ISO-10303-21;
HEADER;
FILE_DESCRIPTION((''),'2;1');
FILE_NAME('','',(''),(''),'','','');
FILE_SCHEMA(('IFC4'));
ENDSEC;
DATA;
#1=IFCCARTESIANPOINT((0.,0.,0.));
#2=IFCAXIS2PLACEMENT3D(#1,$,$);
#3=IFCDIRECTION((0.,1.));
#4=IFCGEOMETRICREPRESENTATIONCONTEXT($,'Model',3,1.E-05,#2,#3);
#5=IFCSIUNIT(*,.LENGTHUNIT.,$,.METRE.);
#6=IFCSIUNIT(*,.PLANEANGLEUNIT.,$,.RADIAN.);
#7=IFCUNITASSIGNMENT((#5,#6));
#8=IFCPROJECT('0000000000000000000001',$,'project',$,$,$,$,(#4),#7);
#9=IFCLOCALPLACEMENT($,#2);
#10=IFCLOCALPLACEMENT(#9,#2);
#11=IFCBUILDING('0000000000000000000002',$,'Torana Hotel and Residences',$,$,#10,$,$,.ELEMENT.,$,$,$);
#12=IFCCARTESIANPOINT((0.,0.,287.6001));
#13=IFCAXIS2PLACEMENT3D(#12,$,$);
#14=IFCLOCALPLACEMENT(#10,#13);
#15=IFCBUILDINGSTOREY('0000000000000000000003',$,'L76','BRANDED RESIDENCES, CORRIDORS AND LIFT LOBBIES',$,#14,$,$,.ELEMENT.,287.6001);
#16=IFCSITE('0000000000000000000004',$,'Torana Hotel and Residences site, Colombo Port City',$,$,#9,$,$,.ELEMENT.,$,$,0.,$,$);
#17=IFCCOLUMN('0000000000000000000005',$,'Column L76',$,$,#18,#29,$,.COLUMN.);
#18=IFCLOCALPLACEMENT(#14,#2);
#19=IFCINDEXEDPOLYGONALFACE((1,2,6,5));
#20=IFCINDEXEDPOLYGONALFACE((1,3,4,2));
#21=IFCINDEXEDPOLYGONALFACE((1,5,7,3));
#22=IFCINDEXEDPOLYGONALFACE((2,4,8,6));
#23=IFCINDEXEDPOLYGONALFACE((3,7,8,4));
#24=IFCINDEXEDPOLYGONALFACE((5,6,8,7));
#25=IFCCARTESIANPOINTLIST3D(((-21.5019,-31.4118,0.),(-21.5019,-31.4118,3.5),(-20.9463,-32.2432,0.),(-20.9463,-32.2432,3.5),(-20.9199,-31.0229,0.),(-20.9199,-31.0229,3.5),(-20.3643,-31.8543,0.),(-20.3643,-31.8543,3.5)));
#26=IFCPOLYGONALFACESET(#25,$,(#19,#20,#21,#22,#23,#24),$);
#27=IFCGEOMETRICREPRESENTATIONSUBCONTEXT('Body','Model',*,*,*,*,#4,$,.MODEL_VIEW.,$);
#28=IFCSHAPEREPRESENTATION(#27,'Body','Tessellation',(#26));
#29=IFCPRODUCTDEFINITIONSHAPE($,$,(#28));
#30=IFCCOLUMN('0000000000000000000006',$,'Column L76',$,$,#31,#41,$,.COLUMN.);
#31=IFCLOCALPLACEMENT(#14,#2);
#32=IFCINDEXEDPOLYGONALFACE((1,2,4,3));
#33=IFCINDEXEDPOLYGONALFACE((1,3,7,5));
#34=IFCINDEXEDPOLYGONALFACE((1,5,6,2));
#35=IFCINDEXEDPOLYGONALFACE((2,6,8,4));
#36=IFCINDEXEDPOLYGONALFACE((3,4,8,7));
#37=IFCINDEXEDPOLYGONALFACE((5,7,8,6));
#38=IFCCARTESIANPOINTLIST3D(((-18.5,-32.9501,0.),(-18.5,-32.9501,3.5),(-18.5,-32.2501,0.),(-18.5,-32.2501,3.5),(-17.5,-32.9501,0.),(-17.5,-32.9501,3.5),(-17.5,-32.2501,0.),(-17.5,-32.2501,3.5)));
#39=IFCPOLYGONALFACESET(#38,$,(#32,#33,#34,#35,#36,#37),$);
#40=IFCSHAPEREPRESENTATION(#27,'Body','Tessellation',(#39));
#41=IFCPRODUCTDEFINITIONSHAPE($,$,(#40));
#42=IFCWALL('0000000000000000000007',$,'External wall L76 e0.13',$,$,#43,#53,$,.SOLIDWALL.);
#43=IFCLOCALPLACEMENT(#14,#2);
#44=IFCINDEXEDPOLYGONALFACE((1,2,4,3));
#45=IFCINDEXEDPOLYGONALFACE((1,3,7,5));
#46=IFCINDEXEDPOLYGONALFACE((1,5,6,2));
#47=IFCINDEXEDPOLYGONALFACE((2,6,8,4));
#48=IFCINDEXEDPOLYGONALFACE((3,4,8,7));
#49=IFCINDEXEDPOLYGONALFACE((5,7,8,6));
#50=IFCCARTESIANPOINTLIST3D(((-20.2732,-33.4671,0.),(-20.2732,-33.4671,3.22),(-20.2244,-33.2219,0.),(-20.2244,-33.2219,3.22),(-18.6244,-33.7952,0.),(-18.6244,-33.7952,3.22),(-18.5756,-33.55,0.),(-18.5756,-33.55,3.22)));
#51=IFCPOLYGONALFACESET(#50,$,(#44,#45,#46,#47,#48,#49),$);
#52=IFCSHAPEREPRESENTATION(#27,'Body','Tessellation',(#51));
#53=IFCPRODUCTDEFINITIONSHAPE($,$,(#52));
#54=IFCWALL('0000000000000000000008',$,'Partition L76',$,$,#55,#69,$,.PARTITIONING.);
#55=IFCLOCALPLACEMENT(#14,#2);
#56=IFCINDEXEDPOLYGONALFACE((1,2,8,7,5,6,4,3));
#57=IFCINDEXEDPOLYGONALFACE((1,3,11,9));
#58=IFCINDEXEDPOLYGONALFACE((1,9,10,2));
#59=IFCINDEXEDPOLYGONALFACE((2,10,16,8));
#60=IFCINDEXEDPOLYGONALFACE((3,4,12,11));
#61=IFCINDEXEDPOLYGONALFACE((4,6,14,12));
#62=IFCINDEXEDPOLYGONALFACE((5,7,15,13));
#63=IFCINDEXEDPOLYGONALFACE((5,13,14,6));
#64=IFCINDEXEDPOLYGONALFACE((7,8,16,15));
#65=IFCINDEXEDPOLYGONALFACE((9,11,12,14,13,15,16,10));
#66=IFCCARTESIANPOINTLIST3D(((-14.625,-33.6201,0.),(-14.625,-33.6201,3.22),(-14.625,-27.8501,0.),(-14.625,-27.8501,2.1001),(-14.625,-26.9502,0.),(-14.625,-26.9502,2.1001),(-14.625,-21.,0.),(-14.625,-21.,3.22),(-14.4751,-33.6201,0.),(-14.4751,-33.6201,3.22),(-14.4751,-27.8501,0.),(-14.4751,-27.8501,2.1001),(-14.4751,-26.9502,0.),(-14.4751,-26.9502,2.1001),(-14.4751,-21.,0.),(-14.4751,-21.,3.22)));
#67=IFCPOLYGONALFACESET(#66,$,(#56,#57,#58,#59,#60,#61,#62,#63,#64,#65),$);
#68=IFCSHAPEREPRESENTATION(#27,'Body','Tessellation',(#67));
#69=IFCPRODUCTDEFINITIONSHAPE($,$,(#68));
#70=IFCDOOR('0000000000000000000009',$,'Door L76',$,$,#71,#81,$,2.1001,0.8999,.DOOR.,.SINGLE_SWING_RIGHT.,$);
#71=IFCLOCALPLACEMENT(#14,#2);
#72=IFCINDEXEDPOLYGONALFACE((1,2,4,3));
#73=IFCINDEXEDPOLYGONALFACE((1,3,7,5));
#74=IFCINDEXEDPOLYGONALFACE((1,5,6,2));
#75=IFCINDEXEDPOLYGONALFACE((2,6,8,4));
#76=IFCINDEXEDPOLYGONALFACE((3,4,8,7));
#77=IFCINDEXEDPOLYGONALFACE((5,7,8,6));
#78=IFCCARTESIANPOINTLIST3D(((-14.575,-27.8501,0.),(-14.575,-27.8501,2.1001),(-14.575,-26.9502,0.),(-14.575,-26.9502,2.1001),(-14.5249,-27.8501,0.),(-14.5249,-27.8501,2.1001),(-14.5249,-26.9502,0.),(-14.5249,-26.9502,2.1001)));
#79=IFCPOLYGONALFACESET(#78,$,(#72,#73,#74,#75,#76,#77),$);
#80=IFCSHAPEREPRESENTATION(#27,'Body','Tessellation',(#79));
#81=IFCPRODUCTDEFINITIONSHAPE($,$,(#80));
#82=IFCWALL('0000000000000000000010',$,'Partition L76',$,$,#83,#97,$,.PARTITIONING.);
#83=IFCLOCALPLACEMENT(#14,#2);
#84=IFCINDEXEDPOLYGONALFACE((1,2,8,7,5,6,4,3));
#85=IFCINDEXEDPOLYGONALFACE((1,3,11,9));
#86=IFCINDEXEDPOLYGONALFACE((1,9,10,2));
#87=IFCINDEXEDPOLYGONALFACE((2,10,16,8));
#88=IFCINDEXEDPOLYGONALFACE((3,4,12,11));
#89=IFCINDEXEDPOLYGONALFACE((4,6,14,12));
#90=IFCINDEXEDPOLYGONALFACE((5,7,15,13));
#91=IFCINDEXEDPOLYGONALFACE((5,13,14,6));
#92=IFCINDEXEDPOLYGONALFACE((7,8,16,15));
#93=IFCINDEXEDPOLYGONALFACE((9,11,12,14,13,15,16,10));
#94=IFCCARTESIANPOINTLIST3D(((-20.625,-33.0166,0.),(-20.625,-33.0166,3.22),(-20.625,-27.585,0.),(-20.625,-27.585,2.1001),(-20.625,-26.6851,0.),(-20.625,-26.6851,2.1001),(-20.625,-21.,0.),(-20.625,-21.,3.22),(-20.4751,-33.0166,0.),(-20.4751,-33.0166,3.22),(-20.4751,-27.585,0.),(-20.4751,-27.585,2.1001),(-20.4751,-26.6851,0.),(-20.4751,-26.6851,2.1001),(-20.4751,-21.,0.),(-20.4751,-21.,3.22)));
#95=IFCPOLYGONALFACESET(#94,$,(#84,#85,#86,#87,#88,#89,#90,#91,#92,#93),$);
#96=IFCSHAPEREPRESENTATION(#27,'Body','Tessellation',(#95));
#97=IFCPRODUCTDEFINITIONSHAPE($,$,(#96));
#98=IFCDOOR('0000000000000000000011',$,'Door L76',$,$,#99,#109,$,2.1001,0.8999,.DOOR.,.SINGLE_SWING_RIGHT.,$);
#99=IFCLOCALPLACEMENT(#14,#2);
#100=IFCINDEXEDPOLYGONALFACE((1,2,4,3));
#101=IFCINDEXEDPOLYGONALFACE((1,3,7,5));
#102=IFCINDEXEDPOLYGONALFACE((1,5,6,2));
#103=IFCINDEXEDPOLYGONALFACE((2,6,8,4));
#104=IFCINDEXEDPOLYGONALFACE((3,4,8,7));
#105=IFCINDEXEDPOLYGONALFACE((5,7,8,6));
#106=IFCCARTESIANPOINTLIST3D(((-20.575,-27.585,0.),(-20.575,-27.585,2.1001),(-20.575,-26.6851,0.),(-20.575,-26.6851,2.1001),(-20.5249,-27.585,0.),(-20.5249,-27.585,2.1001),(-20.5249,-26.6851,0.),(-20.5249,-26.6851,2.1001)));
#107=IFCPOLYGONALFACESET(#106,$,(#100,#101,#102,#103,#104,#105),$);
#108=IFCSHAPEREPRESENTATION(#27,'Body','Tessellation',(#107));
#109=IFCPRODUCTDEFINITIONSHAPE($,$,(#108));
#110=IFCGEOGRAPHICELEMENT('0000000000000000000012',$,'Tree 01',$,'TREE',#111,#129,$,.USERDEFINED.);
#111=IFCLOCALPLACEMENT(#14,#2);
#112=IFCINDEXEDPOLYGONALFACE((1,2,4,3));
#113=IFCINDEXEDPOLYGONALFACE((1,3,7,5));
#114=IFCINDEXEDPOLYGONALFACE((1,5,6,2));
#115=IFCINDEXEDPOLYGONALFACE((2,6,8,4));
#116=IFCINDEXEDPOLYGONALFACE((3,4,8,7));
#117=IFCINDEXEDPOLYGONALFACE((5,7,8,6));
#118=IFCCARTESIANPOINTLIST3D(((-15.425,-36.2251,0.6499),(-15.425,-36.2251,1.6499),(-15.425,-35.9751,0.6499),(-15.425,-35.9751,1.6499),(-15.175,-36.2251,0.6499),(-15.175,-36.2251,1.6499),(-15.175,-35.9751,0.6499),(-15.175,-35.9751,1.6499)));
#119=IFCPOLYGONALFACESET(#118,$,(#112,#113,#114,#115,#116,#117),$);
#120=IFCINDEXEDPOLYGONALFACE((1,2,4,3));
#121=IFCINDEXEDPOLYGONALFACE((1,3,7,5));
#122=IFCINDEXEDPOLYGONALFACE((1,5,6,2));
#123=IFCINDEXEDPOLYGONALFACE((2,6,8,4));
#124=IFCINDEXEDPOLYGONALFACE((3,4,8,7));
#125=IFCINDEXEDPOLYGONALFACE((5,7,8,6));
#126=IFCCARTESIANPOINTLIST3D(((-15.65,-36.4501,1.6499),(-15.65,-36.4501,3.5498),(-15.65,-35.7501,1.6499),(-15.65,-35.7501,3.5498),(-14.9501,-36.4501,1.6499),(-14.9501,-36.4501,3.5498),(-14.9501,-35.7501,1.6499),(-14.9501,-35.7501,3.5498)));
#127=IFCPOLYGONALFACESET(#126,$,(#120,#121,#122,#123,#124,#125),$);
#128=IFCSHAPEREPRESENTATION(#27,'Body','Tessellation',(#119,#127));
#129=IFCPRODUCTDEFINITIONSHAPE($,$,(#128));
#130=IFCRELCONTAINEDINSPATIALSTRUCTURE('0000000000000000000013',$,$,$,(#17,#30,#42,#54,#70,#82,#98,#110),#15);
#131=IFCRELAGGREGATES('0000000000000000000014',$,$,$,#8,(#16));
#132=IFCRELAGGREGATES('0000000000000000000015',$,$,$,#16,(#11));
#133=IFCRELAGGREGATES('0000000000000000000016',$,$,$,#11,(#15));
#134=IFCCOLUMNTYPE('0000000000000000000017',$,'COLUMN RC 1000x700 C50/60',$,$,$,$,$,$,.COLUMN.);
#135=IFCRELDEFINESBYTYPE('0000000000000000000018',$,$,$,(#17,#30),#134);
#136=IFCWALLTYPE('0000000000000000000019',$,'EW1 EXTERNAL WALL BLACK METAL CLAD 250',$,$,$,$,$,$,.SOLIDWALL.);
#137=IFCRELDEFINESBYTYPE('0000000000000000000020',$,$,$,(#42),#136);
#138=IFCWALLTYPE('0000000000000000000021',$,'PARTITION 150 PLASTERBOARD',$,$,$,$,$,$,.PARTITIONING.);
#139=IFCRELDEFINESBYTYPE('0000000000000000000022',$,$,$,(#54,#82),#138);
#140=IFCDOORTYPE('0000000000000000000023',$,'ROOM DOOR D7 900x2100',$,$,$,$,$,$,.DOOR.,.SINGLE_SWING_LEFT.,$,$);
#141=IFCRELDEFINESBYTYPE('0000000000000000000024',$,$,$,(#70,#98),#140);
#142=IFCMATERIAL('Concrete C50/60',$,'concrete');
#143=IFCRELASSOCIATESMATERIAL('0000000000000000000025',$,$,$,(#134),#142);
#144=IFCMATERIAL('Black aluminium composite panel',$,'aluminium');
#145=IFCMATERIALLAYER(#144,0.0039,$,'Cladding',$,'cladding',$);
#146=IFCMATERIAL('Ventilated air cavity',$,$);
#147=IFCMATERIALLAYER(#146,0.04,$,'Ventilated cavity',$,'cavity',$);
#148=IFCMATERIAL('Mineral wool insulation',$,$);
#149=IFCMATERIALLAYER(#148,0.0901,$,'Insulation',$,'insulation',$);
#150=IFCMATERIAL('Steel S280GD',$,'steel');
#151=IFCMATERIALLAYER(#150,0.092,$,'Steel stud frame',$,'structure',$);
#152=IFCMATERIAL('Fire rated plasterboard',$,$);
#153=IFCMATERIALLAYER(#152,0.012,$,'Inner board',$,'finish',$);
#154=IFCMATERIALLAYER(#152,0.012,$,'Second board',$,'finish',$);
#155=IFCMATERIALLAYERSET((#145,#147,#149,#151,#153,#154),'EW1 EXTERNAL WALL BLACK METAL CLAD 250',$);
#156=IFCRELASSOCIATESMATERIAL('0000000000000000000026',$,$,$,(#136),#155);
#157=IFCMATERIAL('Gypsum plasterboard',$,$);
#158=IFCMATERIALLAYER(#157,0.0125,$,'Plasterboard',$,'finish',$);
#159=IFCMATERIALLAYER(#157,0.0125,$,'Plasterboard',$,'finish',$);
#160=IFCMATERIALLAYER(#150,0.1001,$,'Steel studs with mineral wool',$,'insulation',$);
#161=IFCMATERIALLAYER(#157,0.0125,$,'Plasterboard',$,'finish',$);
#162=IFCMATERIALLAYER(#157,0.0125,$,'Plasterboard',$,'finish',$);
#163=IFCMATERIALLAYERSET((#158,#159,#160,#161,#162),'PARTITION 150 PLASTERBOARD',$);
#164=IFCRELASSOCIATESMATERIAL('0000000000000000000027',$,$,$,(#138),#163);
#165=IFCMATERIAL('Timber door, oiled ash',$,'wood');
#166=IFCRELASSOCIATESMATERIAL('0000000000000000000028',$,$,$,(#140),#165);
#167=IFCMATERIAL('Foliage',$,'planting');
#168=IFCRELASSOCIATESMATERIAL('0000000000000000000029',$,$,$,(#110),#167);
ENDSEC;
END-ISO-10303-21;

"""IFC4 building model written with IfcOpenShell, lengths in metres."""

from ifc_helpers import new_model, si_unit, direction, frame, frame_2d, origin, origin_2d, place, context, subcontext, project, spatial, rectangle, extrude, material, layer, layer_set, material_profile, profile_set, type_object, element, fill, save


model = new_model("IFC4")

# Units and contexts
model_context = context("Model", 3, precision=1e-05, world=origin(), true_north=direction((0.0, 1.0)))
body_context = subcontext(model_context, "Body", "Model", "MODEL_VIEW")
ifc_project = project(units=[si_unit("LENGTHUNIT", "METRE"), si_unit("PLANEANGLEUNIT", "RADIAN")], contexts=[model_context])

# Site, building, storey
site_placement = place(None, origin())
site = spatial("IfcSite", under=ifc_project, at=site_placement, Name="Torana Hotel and Residences site, Colombo Port City", CompositionType="ELEMENT", RefElevation=0.0)
building_placement = place(site_placement, origin())
building = spatial("IfcBuilding", under=site, at=building_placement, Name="Torana Hotel and Residences", CompositionType="ELEMENT")
storey_placement = place(building_placement, frame((0.0, 0.0, 287.6001)))
storey = spatial("IfcBuildingStorey", under=building, at=storey_placement, Name="L76", Description="BRANDED RESIDENCES, CORRIDORS AND LIFT LOBBIES", CompositionType="ELEMENT", Elevation=287.6001)

# Columns
ifc_material_1 = material(Name="Concrete C50/60", Category="concrete")
ifc_material_profile = material_profile(ifc_material_1, rectangle(XDim=1.0, YDim=0.7, at=origin_2d()), Name="RC 1000x700")
ifc_profile_set = profile_set([ifc_material_profile], Name="Concrete C50/60")
column_type = type_object("IfcColumnType", Name="COLUMN RC 1000x700 C50/60", PredefinedType="COLUMN", material=ifc_profile_set)
for number, where, z_axis, x_axis, name in (
    (1, (-20.9331, -31.6331, 0.0), (0.0, 0.0, 1.0), (-0.555585, 0.83146, 0.0), "Column L76"),
    (2, (-18.0, -32.6001, 0.0), (0.0, 0.0, 1.0), (1.0, 0.0, 0.0), "Column L76"),
):
    element("IfcColumn", number, at=place(storey_placement, frame(where, z_axis=z_axis, x_axis=x_axis)), inside=storey, type_object=column_type, Name=name, PredefinedType="COLUMN", context=body_context, shape_type="SweptSolid", body=[
        extrude(rectangle(XDim=1.0, YDim=0.7, at=origin_2d()), origin(), (0.0, 0.0, 1.0), 3.5),
    ])

# Wall
ifc_material_2 = material(Name="Black aluminium composite panel", Category="aluminium")
ifc_layer_1 = layer(ifc_material_2, 0.0039, Name="Cladding", Category="cladding")
ifc_material_3 = material(Name="Ventilated air cavity")
ifc_layer_2 = layer(ifc_material_3, 0.04, Name="Ventilated cavity", Category="cavity")
ifc_material_4 = material(Name="Mineral wool insulation")
ifc_layer_3 = layer(ifc_material_4, 0.0901, Name="Insulation", Category="insulation")
ifc_material_5 = material(Name="Steel S280GD", Category="steel")
ifc_layer_4 = layer(ifc_material_5, 0.092, Name="Steel stud frame", Category="structure")
ifc_material_6 = material(Name="Fire rated plasterboard")
ifc_layer_5 = layer(ifc_material_6, 0.012, Name="Inner board", Category="finish")
ifc_layer_6 = layer(ifc_material_6, 0.012, Name="Second board", Category="finish")
ifc_layer_set_1 = layer_set([ifc_layer_1, ifc_layer_2, ifc_layer_3, ifc_layer_4, ifc_layer_5, ifc_layer_6], Name="EW1 EXTERNAL WALL BLACK METAL CLAD 250")
wall_type_1 = type_object("IfcWallType", Name="EW1 EXTERNAL WALL BLACK METAL CLAD 250", PredefinedType="SOLIDWALL", material=ifc_layer_set_1)
wall_1_placement = place(storey_placement, frame((-20.2488, -33.3445, 0.0), z_axis=(0.0, 0.0, 1.0), x_axis=(0.98077, -0.195167, 0.0)))
element("IfcWall", 3, at=wall_1_placement, inside=storey, type_object=wall_type_1, Name="External wall L76 e0.13", PredefinedType="SOLIDWALL", context=body_context, shape_type="SweptSolid", body=[
    extrude(rectangle(XDim=1.6812, YDim=0.25, at=frame_2d((0.8406, 0.0))), origin(), (0.0, 0.0, 1.0), 3.22),
])

# Walls, openings, doors
ifc_material_7 = material(Name="Gypsum plasterboard")
ifc_layer_7 = layer(ifc_material_7, 0.0125, Name="Plasterboard", Category="finish")
ifc_layer_8 = layer(ifc_material_7, 0.0125, Name="Plasterboard", Category="finish")
ifc_layer_9 = layer(ifc_material_5, 0.1001, Name="Steel studs with mineral wool", Category="insulation")
ifc_layer_10 = layer(ifc_material_7, 0.0125, Name="Plasterboard", Category="finish")
ifc_layer_11 = layer(ifc_material_7, 0.0125, Name="Plasterboard", Category="finish")
ifc_layer_set_2 = layer_set([ifc_layer_7, ifc_layer_8, ifc_layer_9, ifc_layer_10, ifc_layer_11], Name="PARTITION 150 PLASTERBOARD")
wall_type_2 = type_object("IfcWallType", Name="PARTITION 150 PLASTERBOARD", PredefinedType="PARTITIONING", material=ifc_layer_set_2)
wall_2_placement = place(storey_placement, frame((-14.55, -33.6201, 0.0), z_axis=(0.0, 0.0, 1.0), x_axis=(0.0, 1.0, 0.0)))
wall_2 = element("IfcWall", 4, at=wall_2_placement, inside=storey, type_object=wall_type_2, Name="Partition L76", PredefinedType="PARTITIONING", context=body_context, shape_type="SweptSolid", body=[
    extrude(rectangle(XDim=12.6201, YDim=0.1499, at=frame_2d((6.3101, 0.0))), origin(), (0.0, 0.0, 1.0), 3.22),
])
opening_1_placement = place(wall_2_placement, frame((5.77, 0.0, 0.0)))
opening_1 = element("IfcOpeningElement", 5, at=opening_1_placement, cuts=wall_2, PredefinedType="OPENING", context=body_context, shape_type="SweptSolid", body=[
    extrude(rectangle(XDim=0.8999, YDim=2.1001, at=frame_2d((0.45, 1.05))), frame((0.0, 0.085, 0.0), z_axis=(0.0, -1.0, 0.0), x_axis=(1.0, 0.0, 0.0)), (0.0, 0.0, 1.0), 0.1699),
])
ifc_material_8 = material(Name="Timber door, oiled ash", Category="wood")
door_type_1 = type_object("IfcDoorType", Name="ROOM DOOR D7 900x2100", OperationType="SINGLE_SWING_LEFT", PredefinedType="DOOR", material=ifc_material_8)
door_1_placement = place(opening_1_placement, origin())
door_1 = element("IfcDoor", 6, at=door_1_placement, inside=storey, type_object=door_type_1, Name="Door L76", OperationType="SINGLE_SWING_RIGHT", OverallHeight=2.1001, OverallWidth=0.8999, PredefinedType="DOOR", context=body_context, shape_type="SweptSolid", body=[
    extrude(rectangle(XDim=0.8999, YDim=2.1001, at=frame_2d((0.45, 1.05))), frame((0.0, 0.0249, 0.0), z_axis=(0.0, -1.0, 0.0), x_axis=(1.0, 0.0, 0.0)), (0.0, 0.0, 1.0), 0.05),
])
fill(opening_1, door_1)
wall_3_placement = place(storey_placement, frame((-20.55, -33.0166, 0.0), z_axis=(0.0, 0.0, 1.0), x_axis=(0.0, 1.0, 0.0)))
wall_3 = element("IfcWall", 7, at=wall_3_placement, inside=storey, type_object=wall_type_2, Name="Partition L76", PredefinedType="PARTITIONING", context=body_context, shape_type="SweptSolid", body=[
    extrude(rectangle(XDim=12.0166, YDim=0.1499, at=frame_2d((6.0083, 0.0))), origin(), (0.0, 0.0, 1.0), 3.22),
])
opening_2_placement = place(wall_3_placement, frame((5.4316, 0.0, 0.0)))
opening_2 = element("IfcOpeningElement", 8, at=opening_2_placement, cuts=wall_3, PredefinedType="OPENING", context=body_context, shape_type="SweptSolid", body=[
    extrude(rectangle(XDim=0.8999, YDim=2.1001, at=frame_2d((0.45, 1.05))), frame((0.0, 0.085, 0.0), z_axis=(0.0, -1.0, 0.0), x_axis=(1.0, 0.0, 0.0)), (0.0, 0.0, 1.0), 0.1699),
])
door_2_placement = place(opening_2_placement, origin())
door_2 = element("IfcDoor", 9, at=door_2_placement, inside=storey, type_object=door_type_1, Name="Door L76", OperationType="SINGLE_SWING_RIGHT", OverallHeight=2.1001, OverallWidth=0.8999, PredefinedType="DOOR", context=body_context, shape_type="SweptSolid", body=[
    extrude(rectangle(XDim=0.8999, YDim=2.1001, at=frame_2d((0.45, 1.05))), frame((0.0, 0.0249, 0.0), z_axis=(0.0, -1.0, 0.0), x_axis=(1.0, 0.0, 0.0)), (0.0, 0.0, 1.0), 0.05),
])
fill(opening_2, door_2)

# Geographic element
ifc_material_9 = material(Name="Foliage", Category="planting")
geographic_element_placement = place(storey_placement, frame((-15.3, -36.1001, 0.6499), z_axis=(0.0, 0.0, 1.0), x_axis=(1.0, 0.0, 0.0)))
element("IfcGeographicElement", 10, at=geographic_element_placement, inside=storey, material=ifc_material_9, Name="Tree 01", ObjectType="TREE", PredefinedType="USERDEFINED", context=body_context, shape_type="SweptSolid", body=[
    extrude(rectangle(XDim=0.25, YDim=0.25, at=origin_2d()), origin(), (0.0, 0.0, 1.0), 1.0),
    extrude(rectangle(XDim=0.7, YDim=0.7, at=origin_2d()), frame((0.0, 0.0, 1.0)), (0.0, 0.0, 1.0), 1.8999),
])

save(model, "model.ifc")
